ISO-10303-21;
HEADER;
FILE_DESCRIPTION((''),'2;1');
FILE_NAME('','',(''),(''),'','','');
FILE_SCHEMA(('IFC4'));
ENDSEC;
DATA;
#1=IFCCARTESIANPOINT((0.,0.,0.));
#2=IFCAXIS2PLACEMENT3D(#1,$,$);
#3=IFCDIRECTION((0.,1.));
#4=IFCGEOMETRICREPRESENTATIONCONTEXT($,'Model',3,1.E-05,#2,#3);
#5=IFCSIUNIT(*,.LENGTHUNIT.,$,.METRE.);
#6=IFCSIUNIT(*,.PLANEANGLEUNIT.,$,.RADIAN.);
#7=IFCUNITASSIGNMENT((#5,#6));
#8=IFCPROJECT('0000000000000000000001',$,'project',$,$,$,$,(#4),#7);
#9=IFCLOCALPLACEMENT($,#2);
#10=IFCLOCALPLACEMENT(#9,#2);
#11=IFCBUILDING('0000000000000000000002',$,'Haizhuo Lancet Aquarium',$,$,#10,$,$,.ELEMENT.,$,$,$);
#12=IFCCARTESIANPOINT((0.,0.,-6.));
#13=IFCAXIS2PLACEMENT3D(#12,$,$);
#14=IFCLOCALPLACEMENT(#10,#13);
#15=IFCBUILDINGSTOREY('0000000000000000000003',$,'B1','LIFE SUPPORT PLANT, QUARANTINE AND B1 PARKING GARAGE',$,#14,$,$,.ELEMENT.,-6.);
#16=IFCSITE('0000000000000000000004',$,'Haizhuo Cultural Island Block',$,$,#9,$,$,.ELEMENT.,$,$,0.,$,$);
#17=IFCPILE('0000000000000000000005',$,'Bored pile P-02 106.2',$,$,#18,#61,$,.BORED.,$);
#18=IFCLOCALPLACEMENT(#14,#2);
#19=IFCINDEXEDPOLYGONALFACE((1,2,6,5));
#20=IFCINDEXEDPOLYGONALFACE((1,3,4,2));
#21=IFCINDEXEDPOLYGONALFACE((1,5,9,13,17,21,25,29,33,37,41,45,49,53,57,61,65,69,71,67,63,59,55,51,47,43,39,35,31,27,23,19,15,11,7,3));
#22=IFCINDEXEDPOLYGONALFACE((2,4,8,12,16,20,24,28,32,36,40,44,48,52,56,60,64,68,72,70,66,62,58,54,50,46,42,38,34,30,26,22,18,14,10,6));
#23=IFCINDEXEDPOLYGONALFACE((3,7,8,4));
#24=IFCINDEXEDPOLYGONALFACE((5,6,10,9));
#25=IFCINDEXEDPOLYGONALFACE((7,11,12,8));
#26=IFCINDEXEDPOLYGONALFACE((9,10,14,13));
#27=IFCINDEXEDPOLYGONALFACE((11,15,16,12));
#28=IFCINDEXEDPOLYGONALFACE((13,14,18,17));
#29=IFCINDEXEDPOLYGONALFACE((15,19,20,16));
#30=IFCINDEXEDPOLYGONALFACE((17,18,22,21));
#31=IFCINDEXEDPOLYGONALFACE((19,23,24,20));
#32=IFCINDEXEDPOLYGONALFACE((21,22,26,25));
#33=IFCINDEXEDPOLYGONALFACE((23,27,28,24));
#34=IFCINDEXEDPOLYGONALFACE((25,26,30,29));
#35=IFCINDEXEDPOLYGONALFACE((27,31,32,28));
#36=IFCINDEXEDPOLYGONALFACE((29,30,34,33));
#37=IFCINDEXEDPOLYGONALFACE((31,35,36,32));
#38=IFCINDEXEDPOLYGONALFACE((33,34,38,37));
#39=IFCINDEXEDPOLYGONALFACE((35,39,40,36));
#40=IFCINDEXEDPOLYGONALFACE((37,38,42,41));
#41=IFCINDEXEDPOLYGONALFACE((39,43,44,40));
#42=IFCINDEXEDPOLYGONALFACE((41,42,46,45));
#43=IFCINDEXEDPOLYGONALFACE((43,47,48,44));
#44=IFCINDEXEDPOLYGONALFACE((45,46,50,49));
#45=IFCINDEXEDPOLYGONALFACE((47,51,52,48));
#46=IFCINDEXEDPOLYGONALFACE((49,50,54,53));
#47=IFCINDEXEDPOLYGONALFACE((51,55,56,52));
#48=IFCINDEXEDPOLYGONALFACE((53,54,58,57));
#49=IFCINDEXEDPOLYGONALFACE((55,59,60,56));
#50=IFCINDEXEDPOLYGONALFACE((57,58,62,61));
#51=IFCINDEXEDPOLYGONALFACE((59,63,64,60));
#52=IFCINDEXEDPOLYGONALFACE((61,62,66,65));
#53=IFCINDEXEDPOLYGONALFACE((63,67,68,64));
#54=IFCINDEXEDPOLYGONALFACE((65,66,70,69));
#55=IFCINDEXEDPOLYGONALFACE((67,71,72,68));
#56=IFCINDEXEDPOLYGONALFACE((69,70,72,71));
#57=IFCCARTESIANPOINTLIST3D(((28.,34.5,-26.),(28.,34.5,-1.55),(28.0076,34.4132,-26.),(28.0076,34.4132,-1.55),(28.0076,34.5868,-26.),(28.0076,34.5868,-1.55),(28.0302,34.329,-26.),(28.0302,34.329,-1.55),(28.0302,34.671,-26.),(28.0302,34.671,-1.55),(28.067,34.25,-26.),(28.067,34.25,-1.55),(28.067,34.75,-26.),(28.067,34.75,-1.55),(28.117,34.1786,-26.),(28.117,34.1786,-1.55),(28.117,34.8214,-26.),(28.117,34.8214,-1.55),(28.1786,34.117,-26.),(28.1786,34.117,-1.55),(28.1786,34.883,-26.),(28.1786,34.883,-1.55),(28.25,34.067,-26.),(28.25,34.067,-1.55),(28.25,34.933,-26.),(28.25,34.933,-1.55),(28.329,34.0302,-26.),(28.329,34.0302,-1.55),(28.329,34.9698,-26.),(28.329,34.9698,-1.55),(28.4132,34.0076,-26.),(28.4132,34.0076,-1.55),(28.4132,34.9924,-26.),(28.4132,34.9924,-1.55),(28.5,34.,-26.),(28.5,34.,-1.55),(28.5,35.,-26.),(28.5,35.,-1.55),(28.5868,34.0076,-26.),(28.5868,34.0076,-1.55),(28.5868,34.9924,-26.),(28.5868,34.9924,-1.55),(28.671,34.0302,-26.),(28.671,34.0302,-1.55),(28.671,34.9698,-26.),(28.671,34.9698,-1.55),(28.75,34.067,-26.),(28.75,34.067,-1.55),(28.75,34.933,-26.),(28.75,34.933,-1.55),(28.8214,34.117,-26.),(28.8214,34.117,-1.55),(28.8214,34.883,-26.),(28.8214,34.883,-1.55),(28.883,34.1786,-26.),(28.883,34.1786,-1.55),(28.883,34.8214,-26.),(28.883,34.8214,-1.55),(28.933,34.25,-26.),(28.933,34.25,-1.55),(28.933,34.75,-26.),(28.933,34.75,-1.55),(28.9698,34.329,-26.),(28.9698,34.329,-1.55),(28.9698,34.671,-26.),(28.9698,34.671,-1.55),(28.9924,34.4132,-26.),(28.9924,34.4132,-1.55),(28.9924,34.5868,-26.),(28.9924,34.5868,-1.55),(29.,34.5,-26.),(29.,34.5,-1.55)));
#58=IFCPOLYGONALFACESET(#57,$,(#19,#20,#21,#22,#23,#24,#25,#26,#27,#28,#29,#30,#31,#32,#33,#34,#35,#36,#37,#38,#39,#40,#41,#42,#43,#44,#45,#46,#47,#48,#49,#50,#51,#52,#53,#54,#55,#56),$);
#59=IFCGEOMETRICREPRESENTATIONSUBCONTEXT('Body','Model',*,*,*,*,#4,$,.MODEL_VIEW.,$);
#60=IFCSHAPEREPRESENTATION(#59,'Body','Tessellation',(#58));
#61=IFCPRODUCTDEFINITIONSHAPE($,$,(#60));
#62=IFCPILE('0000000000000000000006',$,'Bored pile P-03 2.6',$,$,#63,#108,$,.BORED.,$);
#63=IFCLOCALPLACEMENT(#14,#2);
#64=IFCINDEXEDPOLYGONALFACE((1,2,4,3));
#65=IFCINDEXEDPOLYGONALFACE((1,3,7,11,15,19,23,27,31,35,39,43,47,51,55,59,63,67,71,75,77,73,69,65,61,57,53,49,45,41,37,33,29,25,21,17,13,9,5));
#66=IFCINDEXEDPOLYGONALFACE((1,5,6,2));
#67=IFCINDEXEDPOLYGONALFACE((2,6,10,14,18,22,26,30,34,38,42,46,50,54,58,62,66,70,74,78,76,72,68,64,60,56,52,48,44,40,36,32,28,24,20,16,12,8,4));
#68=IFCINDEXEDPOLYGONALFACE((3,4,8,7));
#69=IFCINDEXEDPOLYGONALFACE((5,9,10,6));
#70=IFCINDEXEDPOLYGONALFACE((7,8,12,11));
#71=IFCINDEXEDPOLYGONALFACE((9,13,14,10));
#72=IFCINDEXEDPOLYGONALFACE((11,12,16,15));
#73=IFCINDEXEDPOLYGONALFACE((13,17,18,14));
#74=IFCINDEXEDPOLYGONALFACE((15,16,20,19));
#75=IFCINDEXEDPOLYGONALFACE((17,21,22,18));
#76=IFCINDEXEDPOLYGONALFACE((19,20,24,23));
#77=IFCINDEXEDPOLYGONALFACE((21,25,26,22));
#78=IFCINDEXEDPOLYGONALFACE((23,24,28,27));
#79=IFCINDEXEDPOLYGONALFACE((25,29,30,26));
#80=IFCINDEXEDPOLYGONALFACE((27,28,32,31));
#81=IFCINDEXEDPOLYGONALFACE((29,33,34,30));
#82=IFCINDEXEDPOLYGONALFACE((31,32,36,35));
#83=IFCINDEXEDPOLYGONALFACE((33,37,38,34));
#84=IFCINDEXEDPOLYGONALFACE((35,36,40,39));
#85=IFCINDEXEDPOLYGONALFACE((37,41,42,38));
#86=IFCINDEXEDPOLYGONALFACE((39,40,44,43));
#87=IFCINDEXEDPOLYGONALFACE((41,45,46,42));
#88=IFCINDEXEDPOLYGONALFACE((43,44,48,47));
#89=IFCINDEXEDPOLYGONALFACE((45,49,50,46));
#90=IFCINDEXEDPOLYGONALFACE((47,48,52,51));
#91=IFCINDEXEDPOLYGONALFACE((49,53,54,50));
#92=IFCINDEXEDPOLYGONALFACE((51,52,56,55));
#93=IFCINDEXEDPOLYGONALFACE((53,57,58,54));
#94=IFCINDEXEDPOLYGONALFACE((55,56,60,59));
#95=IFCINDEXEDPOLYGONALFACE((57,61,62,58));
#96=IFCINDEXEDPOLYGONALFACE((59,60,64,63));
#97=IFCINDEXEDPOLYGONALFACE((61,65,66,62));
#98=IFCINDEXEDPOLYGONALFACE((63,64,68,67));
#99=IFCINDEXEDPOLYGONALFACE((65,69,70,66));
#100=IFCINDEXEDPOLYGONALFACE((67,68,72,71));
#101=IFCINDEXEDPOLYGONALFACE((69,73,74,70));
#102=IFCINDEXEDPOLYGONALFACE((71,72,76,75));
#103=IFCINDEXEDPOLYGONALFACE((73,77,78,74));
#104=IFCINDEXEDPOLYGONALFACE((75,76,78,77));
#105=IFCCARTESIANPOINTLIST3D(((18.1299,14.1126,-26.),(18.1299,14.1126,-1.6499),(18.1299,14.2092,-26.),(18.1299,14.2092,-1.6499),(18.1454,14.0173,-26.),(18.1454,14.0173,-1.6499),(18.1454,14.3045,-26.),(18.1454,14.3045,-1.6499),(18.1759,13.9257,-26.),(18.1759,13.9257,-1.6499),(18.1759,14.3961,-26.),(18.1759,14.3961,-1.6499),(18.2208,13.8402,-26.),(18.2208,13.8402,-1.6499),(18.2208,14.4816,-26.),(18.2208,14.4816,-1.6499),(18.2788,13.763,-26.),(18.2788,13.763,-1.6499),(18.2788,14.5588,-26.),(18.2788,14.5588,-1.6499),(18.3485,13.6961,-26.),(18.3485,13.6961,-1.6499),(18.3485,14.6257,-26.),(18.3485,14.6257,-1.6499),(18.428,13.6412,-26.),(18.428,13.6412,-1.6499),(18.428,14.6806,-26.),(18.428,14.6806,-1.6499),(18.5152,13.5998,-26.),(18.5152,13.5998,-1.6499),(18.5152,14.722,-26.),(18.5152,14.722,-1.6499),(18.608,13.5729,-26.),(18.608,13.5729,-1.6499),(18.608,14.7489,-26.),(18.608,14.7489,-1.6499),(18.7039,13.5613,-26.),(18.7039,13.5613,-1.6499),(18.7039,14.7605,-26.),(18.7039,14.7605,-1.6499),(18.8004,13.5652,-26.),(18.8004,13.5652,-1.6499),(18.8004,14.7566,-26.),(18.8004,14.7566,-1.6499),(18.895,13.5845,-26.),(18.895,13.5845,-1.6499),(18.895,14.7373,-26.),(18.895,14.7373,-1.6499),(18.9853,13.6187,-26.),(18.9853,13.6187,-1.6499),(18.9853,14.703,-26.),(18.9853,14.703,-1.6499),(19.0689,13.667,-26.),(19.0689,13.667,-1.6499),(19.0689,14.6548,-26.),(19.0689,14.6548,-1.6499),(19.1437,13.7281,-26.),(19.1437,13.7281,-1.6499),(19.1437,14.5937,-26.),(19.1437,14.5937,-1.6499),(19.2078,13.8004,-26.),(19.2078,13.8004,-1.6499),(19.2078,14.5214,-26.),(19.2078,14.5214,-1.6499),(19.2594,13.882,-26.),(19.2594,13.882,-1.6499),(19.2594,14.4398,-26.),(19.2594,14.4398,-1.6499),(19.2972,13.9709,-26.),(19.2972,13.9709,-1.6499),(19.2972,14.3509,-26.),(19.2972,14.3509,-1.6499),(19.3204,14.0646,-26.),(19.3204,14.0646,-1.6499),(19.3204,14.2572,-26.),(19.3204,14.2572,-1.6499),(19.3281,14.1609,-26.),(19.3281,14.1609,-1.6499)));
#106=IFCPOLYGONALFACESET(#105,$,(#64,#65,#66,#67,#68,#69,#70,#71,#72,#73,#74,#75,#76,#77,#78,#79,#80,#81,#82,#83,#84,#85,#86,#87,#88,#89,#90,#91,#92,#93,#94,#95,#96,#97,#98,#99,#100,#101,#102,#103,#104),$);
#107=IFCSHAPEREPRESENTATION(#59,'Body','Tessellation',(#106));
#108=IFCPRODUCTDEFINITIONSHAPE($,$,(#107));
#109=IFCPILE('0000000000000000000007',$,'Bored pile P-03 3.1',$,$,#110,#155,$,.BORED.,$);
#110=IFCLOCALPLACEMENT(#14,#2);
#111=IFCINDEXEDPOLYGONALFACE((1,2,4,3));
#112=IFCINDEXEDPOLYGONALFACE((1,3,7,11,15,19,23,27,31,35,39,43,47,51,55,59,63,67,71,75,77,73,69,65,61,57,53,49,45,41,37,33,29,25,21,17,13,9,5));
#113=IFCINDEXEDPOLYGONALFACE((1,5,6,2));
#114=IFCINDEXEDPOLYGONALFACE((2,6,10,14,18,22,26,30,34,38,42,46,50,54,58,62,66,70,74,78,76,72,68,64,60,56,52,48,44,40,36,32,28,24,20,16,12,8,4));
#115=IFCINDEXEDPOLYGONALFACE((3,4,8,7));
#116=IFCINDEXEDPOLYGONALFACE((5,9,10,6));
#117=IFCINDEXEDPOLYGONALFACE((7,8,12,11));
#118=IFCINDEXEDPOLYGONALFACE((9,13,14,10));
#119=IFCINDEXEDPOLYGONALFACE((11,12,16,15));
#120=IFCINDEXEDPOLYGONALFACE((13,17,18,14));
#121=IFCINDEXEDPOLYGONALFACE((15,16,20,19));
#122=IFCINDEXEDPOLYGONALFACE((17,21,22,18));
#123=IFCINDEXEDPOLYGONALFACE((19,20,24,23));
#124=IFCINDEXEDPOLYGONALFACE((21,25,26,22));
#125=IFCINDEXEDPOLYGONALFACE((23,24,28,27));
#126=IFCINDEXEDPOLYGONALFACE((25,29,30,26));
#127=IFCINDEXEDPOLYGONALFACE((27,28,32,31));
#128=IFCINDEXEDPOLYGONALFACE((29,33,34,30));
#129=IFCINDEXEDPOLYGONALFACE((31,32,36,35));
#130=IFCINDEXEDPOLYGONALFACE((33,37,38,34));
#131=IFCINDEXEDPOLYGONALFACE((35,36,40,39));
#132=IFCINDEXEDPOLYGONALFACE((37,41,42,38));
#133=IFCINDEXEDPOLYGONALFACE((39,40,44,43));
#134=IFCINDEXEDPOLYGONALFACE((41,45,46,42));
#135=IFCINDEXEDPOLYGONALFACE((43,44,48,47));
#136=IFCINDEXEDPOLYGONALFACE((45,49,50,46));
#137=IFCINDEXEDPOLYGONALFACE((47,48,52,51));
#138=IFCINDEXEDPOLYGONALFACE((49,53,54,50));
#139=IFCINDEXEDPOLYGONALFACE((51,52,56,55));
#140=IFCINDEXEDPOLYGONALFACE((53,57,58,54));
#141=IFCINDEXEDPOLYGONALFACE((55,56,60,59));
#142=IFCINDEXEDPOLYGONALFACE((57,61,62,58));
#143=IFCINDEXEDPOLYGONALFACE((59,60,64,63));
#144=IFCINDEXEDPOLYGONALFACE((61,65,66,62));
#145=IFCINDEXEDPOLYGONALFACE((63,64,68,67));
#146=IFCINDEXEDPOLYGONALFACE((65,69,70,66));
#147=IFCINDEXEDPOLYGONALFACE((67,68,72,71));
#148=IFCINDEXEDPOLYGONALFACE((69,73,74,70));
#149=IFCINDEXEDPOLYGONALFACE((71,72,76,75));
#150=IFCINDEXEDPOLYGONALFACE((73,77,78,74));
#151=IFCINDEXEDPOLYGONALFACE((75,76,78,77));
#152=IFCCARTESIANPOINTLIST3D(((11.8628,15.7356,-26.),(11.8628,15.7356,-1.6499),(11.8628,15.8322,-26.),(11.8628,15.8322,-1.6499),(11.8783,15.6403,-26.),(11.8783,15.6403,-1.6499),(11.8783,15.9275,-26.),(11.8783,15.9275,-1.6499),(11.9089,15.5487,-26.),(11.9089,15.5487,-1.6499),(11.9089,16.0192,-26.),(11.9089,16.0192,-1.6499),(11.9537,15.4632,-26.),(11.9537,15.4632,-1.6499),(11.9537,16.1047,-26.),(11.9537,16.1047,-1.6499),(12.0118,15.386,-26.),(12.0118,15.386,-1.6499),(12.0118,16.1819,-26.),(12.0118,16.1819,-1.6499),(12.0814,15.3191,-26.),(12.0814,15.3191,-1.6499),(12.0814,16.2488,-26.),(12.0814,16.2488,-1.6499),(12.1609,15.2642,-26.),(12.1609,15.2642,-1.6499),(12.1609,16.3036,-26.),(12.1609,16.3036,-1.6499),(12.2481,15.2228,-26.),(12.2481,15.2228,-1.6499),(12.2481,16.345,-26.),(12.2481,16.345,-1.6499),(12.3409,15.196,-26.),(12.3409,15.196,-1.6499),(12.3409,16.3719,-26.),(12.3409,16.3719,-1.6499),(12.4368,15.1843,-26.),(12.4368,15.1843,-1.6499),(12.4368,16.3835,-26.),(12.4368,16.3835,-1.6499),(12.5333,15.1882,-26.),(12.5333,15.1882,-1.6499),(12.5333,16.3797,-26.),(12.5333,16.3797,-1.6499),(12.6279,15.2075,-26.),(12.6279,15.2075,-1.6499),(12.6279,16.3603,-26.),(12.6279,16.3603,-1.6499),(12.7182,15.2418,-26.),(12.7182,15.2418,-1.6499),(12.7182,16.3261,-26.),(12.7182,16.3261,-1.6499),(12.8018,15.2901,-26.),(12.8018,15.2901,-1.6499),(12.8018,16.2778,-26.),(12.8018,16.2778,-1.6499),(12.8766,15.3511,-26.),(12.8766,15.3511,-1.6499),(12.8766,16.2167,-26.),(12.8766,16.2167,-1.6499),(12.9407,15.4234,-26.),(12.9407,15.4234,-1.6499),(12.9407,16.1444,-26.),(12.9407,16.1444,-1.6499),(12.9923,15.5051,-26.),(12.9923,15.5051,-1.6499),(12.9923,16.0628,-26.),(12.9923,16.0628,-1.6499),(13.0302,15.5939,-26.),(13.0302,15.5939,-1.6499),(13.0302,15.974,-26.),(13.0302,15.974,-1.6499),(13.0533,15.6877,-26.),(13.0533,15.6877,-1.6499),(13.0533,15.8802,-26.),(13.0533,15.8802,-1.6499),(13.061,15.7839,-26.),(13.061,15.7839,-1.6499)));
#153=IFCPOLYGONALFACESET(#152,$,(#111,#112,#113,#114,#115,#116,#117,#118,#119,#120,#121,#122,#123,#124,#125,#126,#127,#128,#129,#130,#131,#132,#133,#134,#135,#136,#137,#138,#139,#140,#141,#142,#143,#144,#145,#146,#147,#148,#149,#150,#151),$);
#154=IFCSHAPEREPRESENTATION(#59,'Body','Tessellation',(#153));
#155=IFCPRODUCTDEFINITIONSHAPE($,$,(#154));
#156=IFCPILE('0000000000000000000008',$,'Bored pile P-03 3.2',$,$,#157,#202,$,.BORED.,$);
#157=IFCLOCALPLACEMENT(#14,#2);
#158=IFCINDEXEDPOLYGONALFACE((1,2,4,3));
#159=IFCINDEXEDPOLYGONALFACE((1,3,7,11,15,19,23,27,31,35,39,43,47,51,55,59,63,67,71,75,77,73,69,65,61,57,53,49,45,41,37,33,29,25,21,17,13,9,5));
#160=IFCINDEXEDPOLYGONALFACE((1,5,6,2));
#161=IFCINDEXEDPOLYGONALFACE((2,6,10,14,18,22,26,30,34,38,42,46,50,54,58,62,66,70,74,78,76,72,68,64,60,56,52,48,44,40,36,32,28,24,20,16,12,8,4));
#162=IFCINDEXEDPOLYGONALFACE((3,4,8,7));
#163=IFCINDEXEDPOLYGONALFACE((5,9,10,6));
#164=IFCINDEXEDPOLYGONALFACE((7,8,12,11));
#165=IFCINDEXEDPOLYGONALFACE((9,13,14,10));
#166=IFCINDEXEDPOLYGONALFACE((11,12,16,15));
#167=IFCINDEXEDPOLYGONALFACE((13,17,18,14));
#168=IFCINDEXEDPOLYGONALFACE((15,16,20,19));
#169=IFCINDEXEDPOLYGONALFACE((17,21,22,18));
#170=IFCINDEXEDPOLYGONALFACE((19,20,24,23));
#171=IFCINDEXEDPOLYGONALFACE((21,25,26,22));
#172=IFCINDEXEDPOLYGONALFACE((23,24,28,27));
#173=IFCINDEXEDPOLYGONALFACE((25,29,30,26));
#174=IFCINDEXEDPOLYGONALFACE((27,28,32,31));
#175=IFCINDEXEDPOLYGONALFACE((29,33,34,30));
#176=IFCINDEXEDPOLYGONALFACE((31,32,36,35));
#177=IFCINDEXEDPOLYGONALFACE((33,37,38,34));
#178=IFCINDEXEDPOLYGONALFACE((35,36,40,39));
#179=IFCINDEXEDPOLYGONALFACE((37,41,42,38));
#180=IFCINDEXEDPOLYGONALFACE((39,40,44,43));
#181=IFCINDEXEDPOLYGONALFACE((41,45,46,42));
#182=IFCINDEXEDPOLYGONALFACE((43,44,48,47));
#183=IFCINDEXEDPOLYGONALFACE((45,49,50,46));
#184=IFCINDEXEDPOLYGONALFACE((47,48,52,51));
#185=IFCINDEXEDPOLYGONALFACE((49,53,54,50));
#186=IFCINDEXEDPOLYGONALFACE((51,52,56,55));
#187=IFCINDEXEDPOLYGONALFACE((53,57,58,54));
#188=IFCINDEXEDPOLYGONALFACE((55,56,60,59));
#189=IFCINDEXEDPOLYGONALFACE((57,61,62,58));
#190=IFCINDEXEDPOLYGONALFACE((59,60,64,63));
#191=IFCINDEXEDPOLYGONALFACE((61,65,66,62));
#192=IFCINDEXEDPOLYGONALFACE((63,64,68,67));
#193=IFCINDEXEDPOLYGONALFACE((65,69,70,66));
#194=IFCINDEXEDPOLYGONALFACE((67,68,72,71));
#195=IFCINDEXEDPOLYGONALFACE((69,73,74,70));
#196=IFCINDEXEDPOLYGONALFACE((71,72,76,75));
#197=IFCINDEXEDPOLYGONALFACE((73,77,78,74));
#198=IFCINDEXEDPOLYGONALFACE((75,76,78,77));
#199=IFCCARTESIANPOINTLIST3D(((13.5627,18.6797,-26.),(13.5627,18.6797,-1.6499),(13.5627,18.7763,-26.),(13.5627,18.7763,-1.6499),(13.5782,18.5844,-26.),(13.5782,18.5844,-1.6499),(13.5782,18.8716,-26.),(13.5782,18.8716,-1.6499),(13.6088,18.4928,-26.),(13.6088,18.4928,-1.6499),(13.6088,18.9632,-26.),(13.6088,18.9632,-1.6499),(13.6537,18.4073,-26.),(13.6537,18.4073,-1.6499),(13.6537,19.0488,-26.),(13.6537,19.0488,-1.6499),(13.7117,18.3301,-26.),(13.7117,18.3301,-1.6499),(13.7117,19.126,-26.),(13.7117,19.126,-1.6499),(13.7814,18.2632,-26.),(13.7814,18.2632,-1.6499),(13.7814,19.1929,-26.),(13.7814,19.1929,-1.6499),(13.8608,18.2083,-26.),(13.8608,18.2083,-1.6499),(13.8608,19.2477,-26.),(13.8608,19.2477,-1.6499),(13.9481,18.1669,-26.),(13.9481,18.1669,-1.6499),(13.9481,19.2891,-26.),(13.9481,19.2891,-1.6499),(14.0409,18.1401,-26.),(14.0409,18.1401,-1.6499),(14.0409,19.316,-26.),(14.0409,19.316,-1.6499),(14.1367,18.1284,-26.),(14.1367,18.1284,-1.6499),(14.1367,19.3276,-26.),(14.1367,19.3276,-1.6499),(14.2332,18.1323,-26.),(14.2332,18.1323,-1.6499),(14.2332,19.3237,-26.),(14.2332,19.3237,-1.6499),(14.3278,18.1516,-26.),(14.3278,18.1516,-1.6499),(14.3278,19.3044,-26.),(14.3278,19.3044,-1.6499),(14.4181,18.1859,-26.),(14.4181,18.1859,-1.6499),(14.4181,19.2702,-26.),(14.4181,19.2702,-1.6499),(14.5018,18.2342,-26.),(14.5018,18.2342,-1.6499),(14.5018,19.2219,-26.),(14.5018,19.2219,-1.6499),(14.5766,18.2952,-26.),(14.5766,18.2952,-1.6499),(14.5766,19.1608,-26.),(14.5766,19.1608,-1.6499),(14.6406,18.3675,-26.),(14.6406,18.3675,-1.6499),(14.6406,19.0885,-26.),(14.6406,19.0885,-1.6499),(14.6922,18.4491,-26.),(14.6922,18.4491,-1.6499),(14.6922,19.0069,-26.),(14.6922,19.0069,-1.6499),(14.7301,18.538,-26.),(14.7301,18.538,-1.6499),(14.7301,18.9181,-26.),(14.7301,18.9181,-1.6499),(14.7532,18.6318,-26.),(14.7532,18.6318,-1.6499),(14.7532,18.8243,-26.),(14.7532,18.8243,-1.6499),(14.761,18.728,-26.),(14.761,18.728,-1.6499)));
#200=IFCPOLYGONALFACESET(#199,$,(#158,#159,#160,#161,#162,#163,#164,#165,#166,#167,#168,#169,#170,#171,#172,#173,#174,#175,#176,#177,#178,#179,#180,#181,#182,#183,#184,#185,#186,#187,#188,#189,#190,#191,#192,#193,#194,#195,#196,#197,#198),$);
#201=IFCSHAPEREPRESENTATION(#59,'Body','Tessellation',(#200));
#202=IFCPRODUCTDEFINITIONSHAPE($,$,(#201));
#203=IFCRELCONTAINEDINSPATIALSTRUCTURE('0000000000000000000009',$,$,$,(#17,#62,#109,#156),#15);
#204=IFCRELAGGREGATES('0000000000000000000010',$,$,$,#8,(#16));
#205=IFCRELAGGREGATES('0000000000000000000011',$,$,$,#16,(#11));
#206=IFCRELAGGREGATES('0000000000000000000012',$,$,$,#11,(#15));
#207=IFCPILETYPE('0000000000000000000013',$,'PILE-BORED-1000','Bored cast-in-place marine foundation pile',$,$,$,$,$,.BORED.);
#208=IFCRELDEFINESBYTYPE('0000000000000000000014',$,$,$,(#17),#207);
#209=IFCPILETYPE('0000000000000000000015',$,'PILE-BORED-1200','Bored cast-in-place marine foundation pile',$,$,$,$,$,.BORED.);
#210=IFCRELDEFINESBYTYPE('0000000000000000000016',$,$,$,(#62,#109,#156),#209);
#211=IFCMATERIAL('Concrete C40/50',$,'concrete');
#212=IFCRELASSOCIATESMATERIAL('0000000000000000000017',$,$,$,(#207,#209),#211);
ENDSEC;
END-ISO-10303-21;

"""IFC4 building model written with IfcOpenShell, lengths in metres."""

from ifc_helpers import new_model, si_unit, direction, frame, origin, origin_2d, place, context, subcontext, project, spatial, circle, extrude, material, material_profile, profile_set, type_object, element, save


model = new_model("IFC4")

# Units and contexts
model_context = context("Model", 3, precision=1e-05, world=origin(), true_north=direction((0.0, 1.0)))
body_context = subcontext(model_context, "Body", "Model", "MODEL_VIEW")
ifc_project = project(units=[si_unit("LENGTHUNIT", "METRE"), si_unit("PLANEANGLEUNIT", "RADIAN")], contexts=[model_context])

# Site, building, storey
site_placement = place(None, origin())
site = spatial("IfcSite", under=ifc_project, at=site_placement, Name="Haizhuo Cultural Island Block", CompositionType="ELEMENT", RefElevation=0.0)
building_placement = place(site_placement, origin())
building = spatial("IfcBuilding", under=site, at=building_placement, Name="Haizhuo Lancet Aquarium", CompositionType="ELEMENT")
storey_placement = place(building_placement, frame((0.0, 0.0, -6.0)))
storey = spatial("IfcBuildingStorey", under=building, at=storey_placement, Name="B1", Description="LIFE SUPPORT PLANT, QUARANTINE AND B1 PARKING GARAGE", CompositionType="ELEMENT", Elevation=-6.0)

# Shared definitions
ifc_material_1 = material(Name="Concrete C40/50", Category="concrete")

# Piles
ifc_material_profile_1 = material_profile(ifc_material_1, circle(Radius=0.5, at=origin_2d()), Name="PILE-1000")
ifc_profile_set_1 = profile_set([ifc_material_profile_1], Name="Concrete C40/50")
pile_type_1 = type_object("IfcPileType", Name="PILE-BORED-1000", Description="Bored cast-in-place marine foundation pile", PredefinedType="BORED", material=ifc_profile_set_1)
for number, where, z_axis, x_axis, name in (
    (1, (28.5, 34.5, -1.55), (0.0, 0.0, -1.0), (1.0, 0.0, 0.0), "Bored pile P-02 106.2"),
):
    element("IfcPile", number, at=place(storey_placement, frame(where, z_axis=z_axis, x_axis=x_axis)), inside=storey, type_object=pile_type_1, Name=name, PredefinedType="BORED", context=body_context, shape_type="SweptSolid", body=[
        extrude(circle(Radius=0.5, at=origin_2d()), origin(), (0.0, 0.0, 1.0), 24.45),
    ])
ifc_material_profile_2 = material_profile(ifc_material_1, circle(Radius=0.6001, at=origin_2d()), Name="PILE-1200")
ifc_profile_set_2 = profile_set([ifc_material_profile_2], Name="Concrete C40/50")
pile_type_2 = type_object("IfcPileType", Name="PILE-BORED-1200", Description="Bored cast-in-place marine foundation pile", PredefinedType="BORED", material=ifc_profile_set_2)
for number, where, z_axis, x_axis, name in (
    (2, (18.728, 14.1609, -1.6499), (0.0, 0.0, -1.0), (1.0, 0.0, 0.0), "Bored pile P-03 2.6"),
    (3, (12.4609, 15.7839, -1.6499), (0.0, 0.0, -1.0), (1.0, 0.0, 0.0), "Bored pile P-03 3.1"),
    (4, (14.1609, 18.728, -1.6499), (0.0, 0.0, -1.0), (1.0, 0.0, 0.0), "Bored pile P-03 3.2"),
):
    element("IfcPile", number, at=place(storey_placement, frame(where, z_axis=z_axis, x_axis=x_axis)), inside=storey, type_object=pile_type_2, Name=name, PredefinedType="BORED", context=body_context, shape_type="SweptSolid", body=[
        extrude(circle(Radius=0.6001, at=origin_2d()), origin(), (0.0, 0.0, 1.0), 24.3501),
    ])

save(model, "model.ifc")
